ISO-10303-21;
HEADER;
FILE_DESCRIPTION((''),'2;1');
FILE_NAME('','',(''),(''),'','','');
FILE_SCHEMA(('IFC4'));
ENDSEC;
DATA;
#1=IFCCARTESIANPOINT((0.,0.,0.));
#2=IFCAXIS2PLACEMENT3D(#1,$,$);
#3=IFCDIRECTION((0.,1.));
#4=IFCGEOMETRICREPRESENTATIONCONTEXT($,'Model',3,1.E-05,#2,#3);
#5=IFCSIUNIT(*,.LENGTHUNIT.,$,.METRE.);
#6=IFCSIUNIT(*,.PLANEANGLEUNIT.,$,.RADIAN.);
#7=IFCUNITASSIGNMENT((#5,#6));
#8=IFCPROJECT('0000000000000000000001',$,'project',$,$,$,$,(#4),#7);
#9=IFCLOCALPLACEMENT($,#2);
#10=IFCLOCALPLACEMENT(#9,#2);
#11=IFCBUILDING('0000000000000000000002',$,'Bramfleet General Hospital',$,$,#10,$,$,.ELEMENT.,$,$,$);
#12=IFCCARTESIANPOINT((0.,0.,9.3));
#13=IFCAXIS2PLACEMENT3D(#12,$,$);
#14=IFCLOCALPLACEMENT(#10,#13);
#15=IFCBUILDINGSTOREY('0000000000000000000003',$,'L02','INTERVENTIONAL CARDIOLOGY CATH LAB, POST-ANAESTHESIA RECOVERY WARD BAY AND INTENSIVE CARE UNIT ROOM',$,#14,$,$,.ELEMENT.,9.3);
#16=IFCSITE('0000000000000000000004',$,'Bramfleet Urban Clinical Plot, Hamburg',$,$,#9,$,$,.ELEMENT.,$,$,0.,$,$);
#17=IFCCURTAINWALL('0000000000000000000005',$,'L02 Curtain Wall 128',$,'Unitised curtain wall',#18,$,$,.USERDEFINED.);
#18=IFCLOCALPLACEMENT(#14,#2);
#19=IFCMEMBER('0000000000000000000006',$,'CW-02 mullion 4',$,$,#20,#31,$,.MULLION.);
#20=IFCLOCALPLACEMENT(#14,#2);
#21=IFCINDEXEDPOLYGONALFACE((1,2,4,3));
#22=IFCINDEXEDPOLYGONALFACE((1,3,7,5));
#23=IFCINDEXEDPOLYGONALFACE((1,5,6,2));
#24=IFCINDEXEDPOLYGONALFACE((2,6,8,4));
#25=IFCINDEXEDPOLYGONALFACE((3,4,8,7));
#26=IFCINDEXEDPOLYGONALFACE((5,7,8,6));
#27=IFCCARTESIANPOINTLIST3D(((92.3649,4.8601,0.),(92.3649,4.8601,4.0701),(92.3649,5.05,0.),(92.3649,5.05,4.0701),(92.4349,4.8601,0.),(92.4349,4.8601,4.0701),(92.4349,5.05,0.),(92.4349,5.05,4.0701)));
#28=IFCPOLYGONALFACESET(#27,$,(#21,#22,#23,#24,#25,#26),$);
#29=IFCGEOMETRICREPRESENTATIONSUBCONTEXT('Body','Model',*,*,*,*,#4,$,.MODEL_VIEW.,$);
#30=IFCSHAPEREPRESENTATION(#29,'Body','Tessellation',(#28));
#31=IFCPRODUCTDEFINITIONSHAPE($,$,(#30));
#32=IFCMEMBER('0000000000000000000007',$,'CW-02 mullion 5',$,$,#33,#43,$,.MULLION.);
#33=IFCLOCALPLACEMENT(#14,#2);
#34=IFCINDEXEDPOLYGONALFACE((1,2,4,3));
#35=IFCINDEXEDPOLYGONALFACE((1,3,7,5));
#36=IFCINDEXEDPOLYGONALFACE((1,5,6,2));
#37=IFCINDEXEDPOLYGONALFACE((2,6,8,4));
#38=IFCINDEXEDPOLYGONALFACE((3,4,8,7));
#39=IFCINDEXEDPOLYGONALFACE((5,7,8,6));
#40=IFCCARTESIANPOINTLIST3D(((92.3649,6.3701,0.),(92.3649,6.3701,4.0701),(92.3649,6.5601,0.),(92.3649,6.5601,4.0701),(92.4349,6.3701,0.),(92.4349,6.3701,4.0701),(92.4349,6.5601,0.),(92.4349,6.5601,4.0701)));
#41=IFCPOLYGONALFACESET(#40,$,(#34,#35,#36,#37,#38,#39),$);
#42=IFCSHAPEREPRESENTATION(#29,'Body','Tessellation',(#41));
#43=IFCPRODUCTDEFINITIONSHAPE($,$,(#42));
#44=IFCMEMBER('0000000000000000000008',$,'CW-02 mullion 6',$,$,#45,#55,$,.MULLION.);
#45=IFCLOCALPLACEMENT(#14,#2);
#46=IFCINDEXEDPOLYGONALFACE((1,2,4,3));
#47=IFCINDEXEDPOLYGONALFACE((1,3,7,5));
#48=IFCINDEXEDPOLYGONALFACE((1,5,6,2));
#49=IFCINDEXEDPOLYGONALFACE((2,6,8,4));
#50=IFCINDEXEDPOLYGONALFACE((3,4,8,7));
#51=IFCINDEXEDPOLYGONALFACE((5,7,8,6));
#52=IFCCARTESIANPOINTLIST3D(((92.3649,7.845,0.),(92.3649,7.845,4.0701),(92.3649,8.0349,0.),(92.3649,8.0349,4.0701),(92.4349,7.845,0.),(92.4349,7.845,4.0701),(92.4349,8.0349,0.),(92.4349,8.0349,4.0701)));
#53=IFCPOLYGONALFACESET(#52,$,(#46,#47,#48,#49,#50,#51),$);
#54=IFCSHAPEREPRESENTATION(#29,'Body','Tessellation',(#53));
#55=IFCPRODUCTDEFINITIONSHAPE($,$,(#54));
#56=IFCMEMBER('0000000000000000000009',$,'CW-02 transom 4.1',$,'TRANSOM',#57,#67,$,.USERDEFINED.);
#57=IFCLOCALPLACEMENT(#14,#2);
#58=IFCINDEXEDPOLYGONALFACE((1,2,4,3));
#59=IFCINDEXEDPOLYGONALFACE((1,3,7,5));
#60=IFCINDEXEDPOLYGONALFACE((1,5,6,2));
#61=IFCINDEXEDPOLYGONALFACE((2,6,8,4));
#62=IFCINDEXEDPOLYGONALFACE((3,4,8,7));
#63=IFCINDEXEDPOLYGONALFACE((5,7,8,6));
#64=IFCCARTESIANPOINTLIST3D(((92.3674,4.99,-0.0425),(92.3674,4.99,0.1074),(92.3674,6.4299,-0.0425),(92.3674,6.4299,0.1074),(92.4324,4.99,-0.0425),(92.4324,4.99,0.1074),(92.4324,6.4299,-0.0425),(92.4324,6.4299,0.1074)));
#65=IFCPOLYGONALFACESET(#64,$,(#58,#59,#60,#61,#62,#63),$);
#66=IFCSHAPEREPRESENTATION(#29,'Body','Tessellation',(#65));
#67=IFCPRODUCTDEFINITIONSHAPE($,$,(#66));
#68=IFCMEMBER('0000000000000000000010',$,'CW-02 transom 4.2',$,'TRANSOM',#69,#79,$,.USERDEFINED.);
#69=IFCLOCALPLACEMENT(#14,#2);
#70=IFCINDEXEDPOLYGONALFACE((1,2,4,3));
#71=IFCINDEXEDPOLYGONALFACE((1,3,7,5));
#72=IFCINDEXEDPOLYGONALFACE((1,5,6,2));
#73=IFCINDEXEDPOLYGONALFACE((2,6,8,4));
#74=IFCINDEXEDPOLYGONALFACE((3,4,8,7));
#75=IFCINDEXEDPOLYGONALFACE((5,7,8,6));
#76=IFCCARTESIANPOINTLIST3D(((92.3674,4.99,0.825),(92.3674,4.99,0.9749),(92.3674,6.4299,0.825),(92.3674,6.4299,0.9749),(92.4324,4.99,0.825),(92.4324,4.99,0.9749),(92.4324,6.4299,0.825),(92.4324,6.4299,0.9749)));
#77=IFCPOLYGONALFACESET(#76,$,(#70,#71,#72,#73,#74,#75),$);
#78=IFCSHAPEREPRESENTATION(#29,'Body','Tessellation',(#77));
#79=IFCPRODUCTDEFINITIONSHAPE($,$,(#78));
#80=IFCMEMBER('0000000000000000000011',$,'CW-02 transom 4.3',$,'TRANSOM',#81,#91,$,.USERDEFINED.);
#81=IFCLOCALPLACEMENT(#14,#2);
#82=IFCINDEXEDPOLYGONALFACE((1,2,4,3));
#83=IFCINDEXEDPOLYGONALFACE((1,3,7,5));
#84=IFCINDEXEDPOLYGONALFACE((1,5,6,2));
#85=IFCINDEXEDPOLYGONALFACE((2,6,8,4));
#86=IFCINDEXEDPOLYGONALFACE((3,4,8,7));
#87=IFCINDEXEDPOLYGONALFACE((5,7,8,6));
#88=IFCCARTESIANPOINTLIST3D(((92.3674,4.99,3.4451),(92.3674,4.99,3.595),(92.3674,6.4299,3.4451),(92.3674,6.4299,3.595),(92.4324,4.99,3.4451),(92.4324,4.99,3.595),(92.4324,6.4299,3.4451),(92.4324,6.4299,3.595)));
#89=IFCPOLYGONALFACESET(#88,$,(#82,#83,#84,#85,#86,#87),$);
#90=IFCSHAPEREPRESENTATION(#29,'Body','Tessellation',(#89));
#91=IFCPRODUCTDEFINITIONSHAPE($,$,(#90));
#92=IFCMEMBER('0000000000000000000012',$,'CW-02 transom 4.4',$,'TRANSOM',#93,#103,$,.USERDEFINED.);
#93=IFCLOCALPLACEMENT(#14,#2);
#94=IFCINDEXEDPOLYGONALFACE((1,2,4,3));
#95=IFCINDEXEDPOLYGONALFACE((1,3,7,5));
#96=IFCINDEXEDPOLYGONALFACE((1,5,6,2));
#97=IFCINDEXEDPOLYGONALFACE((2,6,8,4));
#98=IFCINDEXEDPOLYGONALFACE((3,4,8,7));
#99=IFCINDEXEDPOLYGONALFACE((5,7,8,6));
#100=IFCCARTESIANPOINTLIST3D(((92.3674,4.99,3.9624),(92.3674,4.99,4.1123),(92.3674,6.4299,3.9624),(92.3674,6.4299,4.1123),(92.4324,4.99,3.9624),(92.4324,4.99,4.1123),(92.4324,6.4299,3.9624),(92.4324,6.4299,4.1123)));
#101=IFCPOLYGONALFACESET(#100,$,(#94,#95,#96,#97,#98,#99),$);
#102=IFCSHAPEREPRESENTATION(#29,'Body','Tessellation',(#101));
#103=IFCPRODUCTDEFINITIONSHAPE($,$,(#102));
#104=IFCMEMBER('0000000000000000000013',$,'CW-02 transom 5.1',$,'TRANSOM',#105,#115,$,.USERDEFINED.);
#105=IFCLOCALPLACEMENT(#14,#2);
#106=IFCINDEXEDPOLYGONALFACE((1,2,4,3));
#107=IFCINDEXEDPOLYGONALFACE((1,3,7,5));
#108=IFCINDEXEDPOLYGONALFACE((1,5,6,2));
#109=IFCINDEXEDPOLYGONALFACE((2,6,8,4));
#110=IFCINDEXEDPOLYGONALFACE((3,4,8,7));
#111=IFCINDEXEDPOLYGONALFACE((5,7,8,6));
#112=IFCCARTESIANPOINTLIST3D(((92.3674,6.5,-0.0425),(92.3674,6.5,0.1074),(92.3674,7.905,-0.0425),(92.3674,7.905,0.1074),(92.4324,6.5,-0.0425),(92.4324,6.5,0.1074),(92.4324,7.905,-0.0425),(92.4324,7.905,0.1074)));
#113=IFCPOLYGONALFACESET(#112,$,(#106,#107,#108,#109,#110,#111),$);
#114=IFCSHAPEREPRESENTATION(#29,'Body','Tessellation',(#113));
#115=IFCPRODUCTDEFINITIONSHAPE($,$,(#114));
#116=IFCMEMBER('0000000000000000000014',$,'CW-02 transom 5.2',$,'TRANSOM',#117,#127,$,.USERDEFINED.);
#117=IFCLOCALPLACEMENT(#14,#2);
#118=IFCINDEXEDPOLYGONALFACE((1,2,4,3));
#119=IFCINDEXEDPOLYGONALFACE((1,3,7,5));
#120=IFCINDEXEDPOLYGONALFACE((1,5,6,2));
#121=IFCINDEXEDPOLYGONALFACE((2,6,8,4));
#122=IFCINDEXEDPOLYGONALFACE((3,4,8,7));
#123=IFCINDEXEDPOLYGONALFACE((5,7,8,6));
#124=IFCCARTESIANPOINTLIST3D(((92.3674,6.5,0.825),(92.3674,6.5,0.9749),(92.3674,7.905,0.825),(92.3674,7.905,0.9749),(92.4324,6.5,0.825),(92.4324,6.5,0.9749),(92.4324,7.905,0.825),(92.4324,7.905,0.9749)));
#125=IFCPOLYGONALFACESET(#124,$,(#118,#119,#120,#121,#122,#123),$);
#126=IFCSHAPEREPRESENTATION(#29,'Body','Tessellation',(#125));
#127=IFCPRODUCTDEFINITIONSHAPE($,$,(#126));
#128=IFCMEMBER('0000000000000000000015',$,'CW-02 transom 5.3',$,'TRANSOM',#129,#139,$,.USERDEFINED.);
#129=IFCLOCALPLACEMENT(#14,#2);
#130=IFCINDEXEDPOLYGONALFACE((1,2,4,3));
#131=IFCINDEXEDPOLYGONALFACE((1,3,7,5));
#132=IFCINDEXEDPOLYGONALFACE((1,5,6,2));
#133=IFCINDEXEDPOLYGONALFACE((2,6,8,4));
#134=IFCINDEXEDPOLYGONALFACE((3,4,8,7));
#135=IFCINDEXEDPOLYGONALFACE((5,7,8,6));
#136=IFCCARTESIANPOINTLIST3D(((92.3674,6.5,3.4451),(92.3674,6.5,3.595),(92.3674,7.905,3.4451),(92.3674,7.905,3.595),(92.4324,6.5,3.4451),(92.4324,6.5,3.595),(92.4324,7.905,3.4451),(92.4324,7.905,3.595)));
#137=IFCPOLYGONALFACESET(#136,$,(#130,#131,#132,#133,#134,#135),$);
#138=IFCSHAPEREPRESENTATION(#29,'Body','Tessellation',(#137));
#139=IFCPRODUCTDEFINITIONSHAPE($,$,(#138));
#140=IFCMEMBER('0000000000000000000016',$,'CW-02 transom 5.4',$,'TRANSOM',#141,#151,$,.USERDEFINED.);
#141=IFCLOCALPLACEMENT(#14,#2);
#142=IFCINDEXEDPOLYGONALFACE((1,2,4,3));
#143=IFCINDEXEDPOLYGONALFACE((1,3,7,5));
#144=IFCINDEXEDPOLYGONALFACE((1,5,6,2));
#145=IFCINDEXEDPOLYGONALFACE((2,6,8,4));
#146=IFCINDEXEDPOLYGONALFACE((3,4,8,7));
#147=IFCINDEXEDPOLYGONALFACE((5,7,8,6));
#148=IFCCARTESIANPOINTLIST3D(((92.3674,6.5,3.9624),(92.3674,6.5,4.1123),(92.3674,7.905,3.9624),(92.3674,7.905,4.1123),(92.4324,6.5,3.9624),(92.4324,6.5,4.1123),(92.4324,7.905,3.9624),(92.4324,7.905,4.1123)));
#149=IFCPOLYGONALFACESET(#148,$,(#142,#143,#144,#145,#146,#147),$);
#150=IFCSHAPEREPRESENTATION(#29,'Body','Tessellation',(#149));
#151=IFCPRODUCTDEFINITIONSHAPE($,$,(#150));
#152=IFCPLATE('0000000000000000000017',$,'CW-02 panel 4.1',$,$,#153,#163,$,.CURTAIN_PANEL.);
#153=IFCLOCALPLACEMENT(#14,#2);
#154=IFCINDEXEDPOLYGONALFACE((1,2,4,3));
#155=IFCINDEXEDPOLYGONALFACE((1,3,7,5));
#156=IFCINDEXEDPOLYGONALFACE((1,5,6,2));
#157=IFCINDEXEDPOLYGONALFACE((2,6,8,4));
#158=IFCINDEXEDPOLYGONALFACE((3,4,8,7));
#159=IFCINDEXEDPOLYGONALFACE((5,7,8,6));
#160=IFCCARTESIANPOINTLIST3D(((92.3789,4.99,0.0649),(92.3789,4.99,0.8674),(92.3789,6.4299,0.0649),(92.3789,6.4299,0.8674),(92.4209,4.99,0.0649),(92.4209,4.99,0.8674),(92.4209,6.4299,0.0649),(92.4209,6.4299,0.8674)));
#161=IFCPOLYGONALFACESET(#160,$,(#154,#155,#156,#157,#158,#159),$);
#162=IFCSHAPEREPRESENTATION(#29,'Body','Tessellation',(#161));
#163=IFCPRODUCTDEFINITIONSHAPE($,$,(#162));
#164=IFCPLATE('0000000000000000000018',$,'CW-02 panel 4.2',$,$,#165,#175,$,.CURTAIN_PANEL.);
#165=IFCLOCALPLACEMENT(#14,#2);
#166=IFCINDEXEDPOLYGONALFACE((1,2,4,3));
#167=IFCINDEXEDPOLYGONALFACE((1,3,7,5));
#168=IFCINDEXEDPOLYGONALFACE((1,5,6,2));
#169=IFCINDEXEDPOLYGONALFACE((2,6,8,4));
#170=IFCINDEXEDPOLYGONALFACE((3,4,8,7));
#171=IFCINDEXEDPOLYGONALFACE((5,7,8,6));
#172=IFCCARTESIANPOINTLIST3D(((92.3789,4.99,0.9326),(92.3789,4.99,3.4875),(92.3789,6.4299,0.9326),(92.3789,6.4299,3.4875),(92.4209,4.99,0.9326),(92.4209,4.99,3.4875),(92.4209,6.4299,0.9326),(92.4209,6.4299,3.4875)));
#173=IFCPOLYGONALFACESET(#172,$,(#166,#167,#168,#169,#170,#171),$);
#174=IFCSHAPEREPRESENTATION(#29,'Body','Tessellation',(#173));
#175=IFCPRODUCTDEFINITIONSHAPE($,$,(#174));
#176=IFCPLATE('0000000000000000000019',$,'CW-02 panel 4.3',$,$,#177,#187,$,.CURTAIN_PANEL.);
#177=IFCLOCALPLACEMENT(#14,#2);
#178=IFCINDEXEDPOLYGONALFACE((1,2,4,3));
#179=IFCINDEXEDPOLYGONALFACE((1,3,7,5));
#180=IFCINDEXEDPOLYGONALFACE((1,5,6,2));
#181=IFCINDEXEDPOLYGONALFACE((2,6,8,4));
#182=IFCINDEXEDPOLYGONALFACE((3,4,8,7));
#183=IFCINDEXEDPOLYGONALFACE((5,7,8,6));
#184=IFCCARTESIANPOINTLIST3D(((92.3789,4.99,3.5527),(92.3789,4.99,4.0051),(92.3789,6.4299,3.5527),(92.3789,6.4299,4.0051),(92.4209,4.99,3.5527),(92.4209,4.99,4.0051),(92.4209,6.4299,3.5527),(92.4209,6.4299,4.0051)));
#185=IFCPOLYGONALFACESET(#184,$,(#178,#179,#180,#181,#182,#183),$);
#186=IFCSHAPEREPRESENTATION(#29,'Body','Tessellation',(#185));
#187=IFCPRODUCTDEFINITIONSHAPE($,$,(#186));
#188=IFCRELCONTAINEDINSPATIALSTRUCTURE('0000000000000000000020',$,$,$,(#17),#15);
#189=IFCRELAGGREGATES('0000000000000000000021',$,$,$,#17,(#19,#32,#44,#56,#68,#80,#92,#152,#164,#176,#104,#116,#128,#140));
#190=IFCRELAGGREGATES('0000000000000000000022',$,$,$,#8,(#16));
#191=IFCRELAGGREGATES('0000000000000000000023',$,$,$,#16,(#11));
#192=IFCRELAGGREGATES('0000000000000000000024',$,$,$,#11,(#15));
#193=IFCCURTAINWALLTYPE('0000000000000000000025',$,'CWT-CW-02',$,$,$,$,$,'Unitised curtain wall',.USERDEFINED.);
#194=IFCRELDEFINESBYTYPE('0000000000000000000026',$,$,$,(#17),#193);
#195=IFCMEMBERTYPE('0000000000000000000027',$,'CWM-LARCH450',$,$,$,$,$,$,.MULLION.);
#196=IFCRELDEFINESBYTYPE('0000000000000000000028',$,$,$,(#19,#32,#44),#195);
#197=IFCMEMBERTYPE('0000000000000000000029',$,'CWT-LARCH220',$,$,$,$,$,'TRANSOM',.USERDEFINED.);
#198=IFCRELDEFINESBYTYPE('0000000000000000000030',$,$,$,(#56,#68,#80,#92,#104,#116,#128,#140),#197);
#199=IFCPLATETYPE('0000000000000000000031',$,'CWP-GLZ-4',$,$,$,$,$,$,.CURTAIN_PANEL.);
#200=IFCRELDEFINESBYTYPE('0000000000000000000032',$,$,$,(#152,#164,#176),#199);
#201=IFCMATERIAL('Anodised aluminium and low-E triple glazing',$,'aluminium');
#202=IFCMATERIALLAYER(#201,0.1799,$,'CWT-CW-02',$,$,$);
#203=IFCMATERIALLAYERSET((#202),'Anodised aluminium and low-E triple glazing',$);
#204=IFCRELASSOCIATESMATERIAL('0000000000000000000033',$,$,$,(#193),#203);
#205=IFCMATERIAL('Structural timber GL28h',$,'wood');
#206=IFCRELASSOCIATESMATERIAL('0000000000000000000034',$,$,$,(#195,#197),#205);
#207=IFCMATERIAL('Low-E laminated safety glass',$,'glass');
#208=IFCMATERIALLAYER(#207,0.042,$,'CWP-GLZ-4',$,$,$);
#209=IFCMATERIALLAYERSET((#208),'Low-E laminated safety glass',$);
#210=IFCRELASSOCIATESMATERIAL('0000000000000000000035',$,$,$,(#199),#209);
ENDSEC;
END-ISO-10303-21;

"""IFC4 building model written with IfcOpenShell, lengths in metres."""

from ifc_helpers import new_model, si_unit, direction, frame, origin, origin_2d, place, context, subcontext, project, spatial, rectangle, extrude, material, layer, layer_set, material_profile, profile_set, type_object, element, aggregate, save


model = new_model("IFC4")

# Units and contexts
model_context = context("Model", 3, precision=1e-05, world=origin(), true_north=direction((0.0, 1.0)))
body_context = subcontext(model_context, "Body", "Model", "MODEL_VIEW")
ifc_project = project(units=[si_unit("LENGTHUNIT", "METRE"), si_unit("PLANEANGLEUNIT", "RADIAN")], contexts=[model_context])

# Site, building, storey
site_placement = place(None, origin())
site = spatial("IfcSite", under=ifc_project, at=site_placement, Name="Bramfleet Urban Clinical Plot, Hamburg", CompositionType="ELEMENT", RefElevation=0.0)
building_placement = place(site_placement, origin())
building = spatial("IfcBuilding", under=site, at=building_placement, Name="Bramfleet General Hospital", CompositionType="ELEMENT")
storey_placement = place(building_placement, frame((0.0, 0.0, 9.3)))
storey = spatial("IfcBuildingStorey", under=building, at=storey_placement, Name="L02", Description="INTERVENTIONAL CARDIOLOGY CATH LAB, POST-ANAESTHESIA RECOVERY WARD BAY AND INTENSIVE CARE UNIT ROOM", CompositionType="ELEMENT", Elevation=9.3)

# Curtain wall, members, plates
ifc_material_1 = material(Name="Anodised aluminium and low-E triple glazing", Category="aluminium")
ifc_layer_1 = layer(ifc_material_1, 0.1799, Name="CWT-CW-02")
ifc_layer_set_1 = layer_set([ifc_layer_1], Name="Anodised aluminium and low-E triple glazing")
curtain_wall_type = type_object("IfcCurtainWallType", Name="CWT-CW-02", ElementType="Unitised curtain wall", PredefinedType="USERDEFINED", material=ifc_layer_set_1)
curtain_wall_placement = place(storey_placement, origin())
curtain_wall = element("IfcCurtainWall", 1, at=curtain_wall_placement, inside=storey, type_object=curtain_wall_type, Name="L02 Curtain Wall 128", ObjectType="Unitised curtain wall", PredefinedType="USERDEFINED")
ifc_material_2 = material(Name="Structural timber GL28h", Category="wood")
ifc_material_profile_1 = material_profile(ifc_material_2, rectangle(XDim=0.0701, YDim=0.1899, at=origin_2d()), Name="LARCH 190x70")
ifc_profile_set_1 = profile_set([ifc_material_profile_1], Name="Structural timber GL28h")
member_type_1 = type_object("IfcMemberType", Name="CWM-LARCH450", PredefinedType="MULLION", material=ifc_profile_set_1)
member_1_placement = place(storey_placement, frame((92.3999, 4.9551, 0.0), z_axis=(0.0, 0.0, 1.0), x_axis=(-1.0, 0.0, 0.0)))
member_1 = element("IfcMember", 2, at=member_1_placement, type_object=member_type_1, Name="CW-02 mullion 4", PredefinedType="MULLION", context=body_context, shape_type="SweptSolid", body=[
    extrude(rectangle(XDim=0.0701, YDim=0.1899, at=origin_2d()), origin(), (0.0, 0.0, 1.0), 4.0701),
])
member_2_placement = place(storey_placement, frame((92.3999, 6.4651, 0.0), z_axis=(0.0, 0.0, 1.0), x_axis=(-1.0, 0.0, 0.0)))
member_2 = element("IfcMember", 3, at=member_2_placement, type_object=member_type_1, Name="CW-02 mullion 5", PredefinedType="MULLION", context=body_context, shape_type="SweptSolid", body=[
    extrude(rectangle(XDim=0.0701, YDim=0.1899, at=origin_2d()), origin(), (0.0, 0.0, 1.0), 4.0701),
])
member_3_placement = place(storey_placement, frame((92.3999, 7.9399, 0.0), z_axis=(0.0, 0.0, 1.0), x_axis=(-1.0, 0.0, 0.0)))
member_3 = element("IfcMember", 4, at=member_3_placement, type_object=member_type_1, Name="CW-02 mullion 6", PredefinedType="MULLION", context=body_context, shape_type="SweptSolid", body=[
    extrude(rectangle(XDim=0.0701, YDim=0.1899, at=origin_2d()), origin(), (0.0, 0.0, 1.0), 4.0701),
])
ifc_material_profile_2 = material_profile(ifc_material_2, rectangle(XDim=0.0649, YDim=0.1499, at=origin_2d()), Name="LARCH 150x65")
ifc_profile_set_2 = profile_set([ifc_material_profile_2], Name="Structural timber GL28h")
member_type_2 = type_object("IfcMemberType", Name="CWT-LARCH220", ElementType="TRANSOM", PredefinedType="USERDEFINED", material=ifc_profile_set_2)
member_4_placement = place(storey_placement, frame((92.3999, 4.99, 0.0325), z_axis=(0.0, 1.0, 0.0), x_axis=(-1.0, 0.0, 0.0)))
member_4 = element("IfcMember", 5, at=member_4_placement, type_object=member_type_2, Name="CW-02 transom 4.1", ObjectType="TRANSOM", PredefinedType="USERDEFINED", context=body_context, shape_type="SweptSolid", body=[
    extrude(rectangle(XDim=0.0649, YDim=0.1499, at=origin_2d()), origin(), (0.0, 0.0, 1.0), 1.4399),
])
member_5_placement = place(storey_placement, frame((92.3999, 4.99, 0.8999), z_axis=(0.0, 1.0, 0.0), x_axis=(-1.0, 0.0, 0.0)))
member_5 = element("IfcMember", 6, at=member_5_placement, type_object=member_type_2, Name="CW-02 transom 4.2", ObjectType="TRANSOM", PredefinedType="USERDEFINED", context=body_context, shape_type="SweptSolid", body=[
    extrude(rectangle(XDim=0.0649, YDim=0.1499, at=origin_2d()), origin(), (0.0, 0.0, 1.0), 1.4399),
])
member_6_placement = place(storey_placement, frame((92.3999, 4.99, 3.52), z_axis=(0.0, 1.0, 0.0), x_axis=(-1.0, 0.0, 0.0)))
member_6 = element("IfcMember", 7, at=member_6_placement, type_object=member_type_2, Name="CW-02 transom 4.3", ObjectType="TRANSOM", PredefinedType="USERDEFINED", context=body_context, shape_type="SweptSolid", body=[
    extrude(rectangle(XDim=0.0649, YDim=0.1499, at=origin_2d()), origin(), (0.0, 0.0, 1.0), 1.4399),
])
member_7_placement = place(storey_placement, frame((92.3999, 4.99, 4.0374), z_axis=(0.0, 1.0, 0.0), x_axis=(-1.0, 0.0, 0.0)))
member_7 = element("IfcMember", 8, at=member_7_placement, type_object=member_type_2, Name="CW-02 transom 4.4", ObjectType="TRANSOM", PredefinedType="USERDEFINED", context=body_context, shape_type="SweptSolid", body=[
    extrude(rectangle(XDim=0.0649, YDim=0.1499, at=origin_2d()), origin(), (0.0, 0.0, 1.0), 1.4399),
])
member_8_placement = place(storey_placement, frame((92.3999, 6.5, 0.0325), z_axis=(0.0, 1.0, 0.0), x_axis=(-1.0, 0.0, 0.0)))
member_8 = element("IfcMember", 9, at=member_8_placement, type_object=member_type_2, Name="CW-02 transom 5.1", ObjectType="TRANSOM", PredefinedType="USERDEFINED", context=body_context, shape_type="SweptSolid", body=[
    extrude(rectangle(XDim=0.0649, YDim=0.1499, at=origin_2d()), origin(), (0.0, 0.0, 1.0), 1.405),
])
member_9_placement = place(storey_placement, frame((92.3999, 6.5, 0.8999), z_axis=(0.0, 1.0, 0.0), x_axis=(-1.0, 0.0, 0.0)))
member_9 = element("IfcMember", 10, at=member_9_placement, type_object=member_type_2, Name="CW-02 transom 5.2", ObjectType="TRANSOM", PredefinedType="USERDEFINED", context=body_context, shape_type="SweptSolid", body=[
    extrude(rectangle(XDim=0.0649, YDim=0.1499, at=origin_2d()), origin(), (0.0, 0.0, 1.0), 1.405),
])
member_10_placement = place(storey_placement, frame((92.3999, 6.5, 3.52), z_axis=(0.0, 1.0, 0.0), x_axis=(-1.0, 0.0, 0.0)))
member_10 = element("IfcMember", 11, at=member_10_placement, type_object=member_type_2, Name="CW-02 transom 5.3", ObjectType="TRANSOM", PredefinedType="USERDEFINED", context=body_context, shape_type="SweptSolid", body=[
    extrude(rectangle(XDim=0.0649, YDim=0.1499, at=origin_2d()), origin(), (0.0, 0.0, 1.0), 1.405),
])
member_11_placement = place(storey_placement, frame((92.3999, 6.5, 4.0374), z_axis=(0.0, 1.0, 0.0), x_axis=(-1.0, 0.0, 0.0)))
member_11 = element("IfcMember", 12, at=member_11_placement, type_object=member_type_2, Name="CW-02 transom 5.4", ObjectType="TRANSOM", PredefinedType="USERDEFINED", context=body_context, shape_type="SweptSolid", body=[
    extrude(rectangle(XDim=0.0649, YDim=0.1499, at=origin_2d()), origin(), (0.0, 0.0, 1.0), 1.405),
])
ifc_material_3 = material(Name="Low-E laminated safety glass", Category="glass")
ifc_layer_2 = layer(ifc_material_3, 0.042, Name="CWP-GLZ-4")
ifc_layer_set_2 = layer_set([ifc_layer_2], Name="Low-E laminated safety glass")
plate_type = type_object("IfcPlateType", Name="CWP-GLZ-4", PredefinedType="CURTAIN_PANEL", material=ifc_layer_set_2)
plate_1_placement = place(storey_placement, frame((92.3999, 5.71, 0.0649), z_axis=(0.0, 0.0, 1.0), x_axis=(0.0, 1.0, 0.0)))
plate_1 = element("IfcPlate", 13, at=plate_1_placement, type_object=plate_type, Name="CW-02 panel 4.1", PredefinedType="CURTAIN_PANEL", context=body_context, shape_type="SweptSolid", body=[
    extrude(rectangle(XDim=1.4399, YDim=0.042, at=origin_2d()), origin(), (0.0, 0.0, 1.0), 0.8025),
])
plate_2_placement = place(storey_placement, frame((92.3999, 5.71, 0.9326), z_axis=(0.0, 0.0, 1.0), x_axis=(0.0, 1.0, 0.0)))
plate_2 = element("IfcPlate", 14, at=plate_2_placement, type_object=plate_type, Name="CW-02 panel 4.2", PredefinedType="CURTAIN_PANEL", context=body_context, shape_type="SweptSolid", body=[
    extrude(rectangle(XDim=1.4399, YDim=0.042, at=origin_2d()), origin(), (0.0, 0.0, 1.0), 2.5549),
])
plate_3_placement = place(storey_placement, frame((92.3999, 5.71, 3.5527), z_axis=(0.0, 0.0, 1.0), x_axis=(0.0, 1.0, 0.0)))
plate_3 = element("IfcPlate", 15, at=plate_3_placement, type_object=plate_type, Name="CW-02 panel 4.3", PredefinedType="CURTAIN_PANEL", context=body_context, shape_type="SweptSolid", body=[
    extrude(rectangle(XDim=1.4399, YDim=0.042, at=origin_2d()), origin(), (0.0, 0.0, 1.0), 0.4524),
])
aggregate(curtain_wall, [member_1, member_2, member_3, member_4, member_5, member_6, member_7, plate_1, plate_2, plate_3, member_8, member_9, member_10, member_11])

save(model, "model.ifc")
